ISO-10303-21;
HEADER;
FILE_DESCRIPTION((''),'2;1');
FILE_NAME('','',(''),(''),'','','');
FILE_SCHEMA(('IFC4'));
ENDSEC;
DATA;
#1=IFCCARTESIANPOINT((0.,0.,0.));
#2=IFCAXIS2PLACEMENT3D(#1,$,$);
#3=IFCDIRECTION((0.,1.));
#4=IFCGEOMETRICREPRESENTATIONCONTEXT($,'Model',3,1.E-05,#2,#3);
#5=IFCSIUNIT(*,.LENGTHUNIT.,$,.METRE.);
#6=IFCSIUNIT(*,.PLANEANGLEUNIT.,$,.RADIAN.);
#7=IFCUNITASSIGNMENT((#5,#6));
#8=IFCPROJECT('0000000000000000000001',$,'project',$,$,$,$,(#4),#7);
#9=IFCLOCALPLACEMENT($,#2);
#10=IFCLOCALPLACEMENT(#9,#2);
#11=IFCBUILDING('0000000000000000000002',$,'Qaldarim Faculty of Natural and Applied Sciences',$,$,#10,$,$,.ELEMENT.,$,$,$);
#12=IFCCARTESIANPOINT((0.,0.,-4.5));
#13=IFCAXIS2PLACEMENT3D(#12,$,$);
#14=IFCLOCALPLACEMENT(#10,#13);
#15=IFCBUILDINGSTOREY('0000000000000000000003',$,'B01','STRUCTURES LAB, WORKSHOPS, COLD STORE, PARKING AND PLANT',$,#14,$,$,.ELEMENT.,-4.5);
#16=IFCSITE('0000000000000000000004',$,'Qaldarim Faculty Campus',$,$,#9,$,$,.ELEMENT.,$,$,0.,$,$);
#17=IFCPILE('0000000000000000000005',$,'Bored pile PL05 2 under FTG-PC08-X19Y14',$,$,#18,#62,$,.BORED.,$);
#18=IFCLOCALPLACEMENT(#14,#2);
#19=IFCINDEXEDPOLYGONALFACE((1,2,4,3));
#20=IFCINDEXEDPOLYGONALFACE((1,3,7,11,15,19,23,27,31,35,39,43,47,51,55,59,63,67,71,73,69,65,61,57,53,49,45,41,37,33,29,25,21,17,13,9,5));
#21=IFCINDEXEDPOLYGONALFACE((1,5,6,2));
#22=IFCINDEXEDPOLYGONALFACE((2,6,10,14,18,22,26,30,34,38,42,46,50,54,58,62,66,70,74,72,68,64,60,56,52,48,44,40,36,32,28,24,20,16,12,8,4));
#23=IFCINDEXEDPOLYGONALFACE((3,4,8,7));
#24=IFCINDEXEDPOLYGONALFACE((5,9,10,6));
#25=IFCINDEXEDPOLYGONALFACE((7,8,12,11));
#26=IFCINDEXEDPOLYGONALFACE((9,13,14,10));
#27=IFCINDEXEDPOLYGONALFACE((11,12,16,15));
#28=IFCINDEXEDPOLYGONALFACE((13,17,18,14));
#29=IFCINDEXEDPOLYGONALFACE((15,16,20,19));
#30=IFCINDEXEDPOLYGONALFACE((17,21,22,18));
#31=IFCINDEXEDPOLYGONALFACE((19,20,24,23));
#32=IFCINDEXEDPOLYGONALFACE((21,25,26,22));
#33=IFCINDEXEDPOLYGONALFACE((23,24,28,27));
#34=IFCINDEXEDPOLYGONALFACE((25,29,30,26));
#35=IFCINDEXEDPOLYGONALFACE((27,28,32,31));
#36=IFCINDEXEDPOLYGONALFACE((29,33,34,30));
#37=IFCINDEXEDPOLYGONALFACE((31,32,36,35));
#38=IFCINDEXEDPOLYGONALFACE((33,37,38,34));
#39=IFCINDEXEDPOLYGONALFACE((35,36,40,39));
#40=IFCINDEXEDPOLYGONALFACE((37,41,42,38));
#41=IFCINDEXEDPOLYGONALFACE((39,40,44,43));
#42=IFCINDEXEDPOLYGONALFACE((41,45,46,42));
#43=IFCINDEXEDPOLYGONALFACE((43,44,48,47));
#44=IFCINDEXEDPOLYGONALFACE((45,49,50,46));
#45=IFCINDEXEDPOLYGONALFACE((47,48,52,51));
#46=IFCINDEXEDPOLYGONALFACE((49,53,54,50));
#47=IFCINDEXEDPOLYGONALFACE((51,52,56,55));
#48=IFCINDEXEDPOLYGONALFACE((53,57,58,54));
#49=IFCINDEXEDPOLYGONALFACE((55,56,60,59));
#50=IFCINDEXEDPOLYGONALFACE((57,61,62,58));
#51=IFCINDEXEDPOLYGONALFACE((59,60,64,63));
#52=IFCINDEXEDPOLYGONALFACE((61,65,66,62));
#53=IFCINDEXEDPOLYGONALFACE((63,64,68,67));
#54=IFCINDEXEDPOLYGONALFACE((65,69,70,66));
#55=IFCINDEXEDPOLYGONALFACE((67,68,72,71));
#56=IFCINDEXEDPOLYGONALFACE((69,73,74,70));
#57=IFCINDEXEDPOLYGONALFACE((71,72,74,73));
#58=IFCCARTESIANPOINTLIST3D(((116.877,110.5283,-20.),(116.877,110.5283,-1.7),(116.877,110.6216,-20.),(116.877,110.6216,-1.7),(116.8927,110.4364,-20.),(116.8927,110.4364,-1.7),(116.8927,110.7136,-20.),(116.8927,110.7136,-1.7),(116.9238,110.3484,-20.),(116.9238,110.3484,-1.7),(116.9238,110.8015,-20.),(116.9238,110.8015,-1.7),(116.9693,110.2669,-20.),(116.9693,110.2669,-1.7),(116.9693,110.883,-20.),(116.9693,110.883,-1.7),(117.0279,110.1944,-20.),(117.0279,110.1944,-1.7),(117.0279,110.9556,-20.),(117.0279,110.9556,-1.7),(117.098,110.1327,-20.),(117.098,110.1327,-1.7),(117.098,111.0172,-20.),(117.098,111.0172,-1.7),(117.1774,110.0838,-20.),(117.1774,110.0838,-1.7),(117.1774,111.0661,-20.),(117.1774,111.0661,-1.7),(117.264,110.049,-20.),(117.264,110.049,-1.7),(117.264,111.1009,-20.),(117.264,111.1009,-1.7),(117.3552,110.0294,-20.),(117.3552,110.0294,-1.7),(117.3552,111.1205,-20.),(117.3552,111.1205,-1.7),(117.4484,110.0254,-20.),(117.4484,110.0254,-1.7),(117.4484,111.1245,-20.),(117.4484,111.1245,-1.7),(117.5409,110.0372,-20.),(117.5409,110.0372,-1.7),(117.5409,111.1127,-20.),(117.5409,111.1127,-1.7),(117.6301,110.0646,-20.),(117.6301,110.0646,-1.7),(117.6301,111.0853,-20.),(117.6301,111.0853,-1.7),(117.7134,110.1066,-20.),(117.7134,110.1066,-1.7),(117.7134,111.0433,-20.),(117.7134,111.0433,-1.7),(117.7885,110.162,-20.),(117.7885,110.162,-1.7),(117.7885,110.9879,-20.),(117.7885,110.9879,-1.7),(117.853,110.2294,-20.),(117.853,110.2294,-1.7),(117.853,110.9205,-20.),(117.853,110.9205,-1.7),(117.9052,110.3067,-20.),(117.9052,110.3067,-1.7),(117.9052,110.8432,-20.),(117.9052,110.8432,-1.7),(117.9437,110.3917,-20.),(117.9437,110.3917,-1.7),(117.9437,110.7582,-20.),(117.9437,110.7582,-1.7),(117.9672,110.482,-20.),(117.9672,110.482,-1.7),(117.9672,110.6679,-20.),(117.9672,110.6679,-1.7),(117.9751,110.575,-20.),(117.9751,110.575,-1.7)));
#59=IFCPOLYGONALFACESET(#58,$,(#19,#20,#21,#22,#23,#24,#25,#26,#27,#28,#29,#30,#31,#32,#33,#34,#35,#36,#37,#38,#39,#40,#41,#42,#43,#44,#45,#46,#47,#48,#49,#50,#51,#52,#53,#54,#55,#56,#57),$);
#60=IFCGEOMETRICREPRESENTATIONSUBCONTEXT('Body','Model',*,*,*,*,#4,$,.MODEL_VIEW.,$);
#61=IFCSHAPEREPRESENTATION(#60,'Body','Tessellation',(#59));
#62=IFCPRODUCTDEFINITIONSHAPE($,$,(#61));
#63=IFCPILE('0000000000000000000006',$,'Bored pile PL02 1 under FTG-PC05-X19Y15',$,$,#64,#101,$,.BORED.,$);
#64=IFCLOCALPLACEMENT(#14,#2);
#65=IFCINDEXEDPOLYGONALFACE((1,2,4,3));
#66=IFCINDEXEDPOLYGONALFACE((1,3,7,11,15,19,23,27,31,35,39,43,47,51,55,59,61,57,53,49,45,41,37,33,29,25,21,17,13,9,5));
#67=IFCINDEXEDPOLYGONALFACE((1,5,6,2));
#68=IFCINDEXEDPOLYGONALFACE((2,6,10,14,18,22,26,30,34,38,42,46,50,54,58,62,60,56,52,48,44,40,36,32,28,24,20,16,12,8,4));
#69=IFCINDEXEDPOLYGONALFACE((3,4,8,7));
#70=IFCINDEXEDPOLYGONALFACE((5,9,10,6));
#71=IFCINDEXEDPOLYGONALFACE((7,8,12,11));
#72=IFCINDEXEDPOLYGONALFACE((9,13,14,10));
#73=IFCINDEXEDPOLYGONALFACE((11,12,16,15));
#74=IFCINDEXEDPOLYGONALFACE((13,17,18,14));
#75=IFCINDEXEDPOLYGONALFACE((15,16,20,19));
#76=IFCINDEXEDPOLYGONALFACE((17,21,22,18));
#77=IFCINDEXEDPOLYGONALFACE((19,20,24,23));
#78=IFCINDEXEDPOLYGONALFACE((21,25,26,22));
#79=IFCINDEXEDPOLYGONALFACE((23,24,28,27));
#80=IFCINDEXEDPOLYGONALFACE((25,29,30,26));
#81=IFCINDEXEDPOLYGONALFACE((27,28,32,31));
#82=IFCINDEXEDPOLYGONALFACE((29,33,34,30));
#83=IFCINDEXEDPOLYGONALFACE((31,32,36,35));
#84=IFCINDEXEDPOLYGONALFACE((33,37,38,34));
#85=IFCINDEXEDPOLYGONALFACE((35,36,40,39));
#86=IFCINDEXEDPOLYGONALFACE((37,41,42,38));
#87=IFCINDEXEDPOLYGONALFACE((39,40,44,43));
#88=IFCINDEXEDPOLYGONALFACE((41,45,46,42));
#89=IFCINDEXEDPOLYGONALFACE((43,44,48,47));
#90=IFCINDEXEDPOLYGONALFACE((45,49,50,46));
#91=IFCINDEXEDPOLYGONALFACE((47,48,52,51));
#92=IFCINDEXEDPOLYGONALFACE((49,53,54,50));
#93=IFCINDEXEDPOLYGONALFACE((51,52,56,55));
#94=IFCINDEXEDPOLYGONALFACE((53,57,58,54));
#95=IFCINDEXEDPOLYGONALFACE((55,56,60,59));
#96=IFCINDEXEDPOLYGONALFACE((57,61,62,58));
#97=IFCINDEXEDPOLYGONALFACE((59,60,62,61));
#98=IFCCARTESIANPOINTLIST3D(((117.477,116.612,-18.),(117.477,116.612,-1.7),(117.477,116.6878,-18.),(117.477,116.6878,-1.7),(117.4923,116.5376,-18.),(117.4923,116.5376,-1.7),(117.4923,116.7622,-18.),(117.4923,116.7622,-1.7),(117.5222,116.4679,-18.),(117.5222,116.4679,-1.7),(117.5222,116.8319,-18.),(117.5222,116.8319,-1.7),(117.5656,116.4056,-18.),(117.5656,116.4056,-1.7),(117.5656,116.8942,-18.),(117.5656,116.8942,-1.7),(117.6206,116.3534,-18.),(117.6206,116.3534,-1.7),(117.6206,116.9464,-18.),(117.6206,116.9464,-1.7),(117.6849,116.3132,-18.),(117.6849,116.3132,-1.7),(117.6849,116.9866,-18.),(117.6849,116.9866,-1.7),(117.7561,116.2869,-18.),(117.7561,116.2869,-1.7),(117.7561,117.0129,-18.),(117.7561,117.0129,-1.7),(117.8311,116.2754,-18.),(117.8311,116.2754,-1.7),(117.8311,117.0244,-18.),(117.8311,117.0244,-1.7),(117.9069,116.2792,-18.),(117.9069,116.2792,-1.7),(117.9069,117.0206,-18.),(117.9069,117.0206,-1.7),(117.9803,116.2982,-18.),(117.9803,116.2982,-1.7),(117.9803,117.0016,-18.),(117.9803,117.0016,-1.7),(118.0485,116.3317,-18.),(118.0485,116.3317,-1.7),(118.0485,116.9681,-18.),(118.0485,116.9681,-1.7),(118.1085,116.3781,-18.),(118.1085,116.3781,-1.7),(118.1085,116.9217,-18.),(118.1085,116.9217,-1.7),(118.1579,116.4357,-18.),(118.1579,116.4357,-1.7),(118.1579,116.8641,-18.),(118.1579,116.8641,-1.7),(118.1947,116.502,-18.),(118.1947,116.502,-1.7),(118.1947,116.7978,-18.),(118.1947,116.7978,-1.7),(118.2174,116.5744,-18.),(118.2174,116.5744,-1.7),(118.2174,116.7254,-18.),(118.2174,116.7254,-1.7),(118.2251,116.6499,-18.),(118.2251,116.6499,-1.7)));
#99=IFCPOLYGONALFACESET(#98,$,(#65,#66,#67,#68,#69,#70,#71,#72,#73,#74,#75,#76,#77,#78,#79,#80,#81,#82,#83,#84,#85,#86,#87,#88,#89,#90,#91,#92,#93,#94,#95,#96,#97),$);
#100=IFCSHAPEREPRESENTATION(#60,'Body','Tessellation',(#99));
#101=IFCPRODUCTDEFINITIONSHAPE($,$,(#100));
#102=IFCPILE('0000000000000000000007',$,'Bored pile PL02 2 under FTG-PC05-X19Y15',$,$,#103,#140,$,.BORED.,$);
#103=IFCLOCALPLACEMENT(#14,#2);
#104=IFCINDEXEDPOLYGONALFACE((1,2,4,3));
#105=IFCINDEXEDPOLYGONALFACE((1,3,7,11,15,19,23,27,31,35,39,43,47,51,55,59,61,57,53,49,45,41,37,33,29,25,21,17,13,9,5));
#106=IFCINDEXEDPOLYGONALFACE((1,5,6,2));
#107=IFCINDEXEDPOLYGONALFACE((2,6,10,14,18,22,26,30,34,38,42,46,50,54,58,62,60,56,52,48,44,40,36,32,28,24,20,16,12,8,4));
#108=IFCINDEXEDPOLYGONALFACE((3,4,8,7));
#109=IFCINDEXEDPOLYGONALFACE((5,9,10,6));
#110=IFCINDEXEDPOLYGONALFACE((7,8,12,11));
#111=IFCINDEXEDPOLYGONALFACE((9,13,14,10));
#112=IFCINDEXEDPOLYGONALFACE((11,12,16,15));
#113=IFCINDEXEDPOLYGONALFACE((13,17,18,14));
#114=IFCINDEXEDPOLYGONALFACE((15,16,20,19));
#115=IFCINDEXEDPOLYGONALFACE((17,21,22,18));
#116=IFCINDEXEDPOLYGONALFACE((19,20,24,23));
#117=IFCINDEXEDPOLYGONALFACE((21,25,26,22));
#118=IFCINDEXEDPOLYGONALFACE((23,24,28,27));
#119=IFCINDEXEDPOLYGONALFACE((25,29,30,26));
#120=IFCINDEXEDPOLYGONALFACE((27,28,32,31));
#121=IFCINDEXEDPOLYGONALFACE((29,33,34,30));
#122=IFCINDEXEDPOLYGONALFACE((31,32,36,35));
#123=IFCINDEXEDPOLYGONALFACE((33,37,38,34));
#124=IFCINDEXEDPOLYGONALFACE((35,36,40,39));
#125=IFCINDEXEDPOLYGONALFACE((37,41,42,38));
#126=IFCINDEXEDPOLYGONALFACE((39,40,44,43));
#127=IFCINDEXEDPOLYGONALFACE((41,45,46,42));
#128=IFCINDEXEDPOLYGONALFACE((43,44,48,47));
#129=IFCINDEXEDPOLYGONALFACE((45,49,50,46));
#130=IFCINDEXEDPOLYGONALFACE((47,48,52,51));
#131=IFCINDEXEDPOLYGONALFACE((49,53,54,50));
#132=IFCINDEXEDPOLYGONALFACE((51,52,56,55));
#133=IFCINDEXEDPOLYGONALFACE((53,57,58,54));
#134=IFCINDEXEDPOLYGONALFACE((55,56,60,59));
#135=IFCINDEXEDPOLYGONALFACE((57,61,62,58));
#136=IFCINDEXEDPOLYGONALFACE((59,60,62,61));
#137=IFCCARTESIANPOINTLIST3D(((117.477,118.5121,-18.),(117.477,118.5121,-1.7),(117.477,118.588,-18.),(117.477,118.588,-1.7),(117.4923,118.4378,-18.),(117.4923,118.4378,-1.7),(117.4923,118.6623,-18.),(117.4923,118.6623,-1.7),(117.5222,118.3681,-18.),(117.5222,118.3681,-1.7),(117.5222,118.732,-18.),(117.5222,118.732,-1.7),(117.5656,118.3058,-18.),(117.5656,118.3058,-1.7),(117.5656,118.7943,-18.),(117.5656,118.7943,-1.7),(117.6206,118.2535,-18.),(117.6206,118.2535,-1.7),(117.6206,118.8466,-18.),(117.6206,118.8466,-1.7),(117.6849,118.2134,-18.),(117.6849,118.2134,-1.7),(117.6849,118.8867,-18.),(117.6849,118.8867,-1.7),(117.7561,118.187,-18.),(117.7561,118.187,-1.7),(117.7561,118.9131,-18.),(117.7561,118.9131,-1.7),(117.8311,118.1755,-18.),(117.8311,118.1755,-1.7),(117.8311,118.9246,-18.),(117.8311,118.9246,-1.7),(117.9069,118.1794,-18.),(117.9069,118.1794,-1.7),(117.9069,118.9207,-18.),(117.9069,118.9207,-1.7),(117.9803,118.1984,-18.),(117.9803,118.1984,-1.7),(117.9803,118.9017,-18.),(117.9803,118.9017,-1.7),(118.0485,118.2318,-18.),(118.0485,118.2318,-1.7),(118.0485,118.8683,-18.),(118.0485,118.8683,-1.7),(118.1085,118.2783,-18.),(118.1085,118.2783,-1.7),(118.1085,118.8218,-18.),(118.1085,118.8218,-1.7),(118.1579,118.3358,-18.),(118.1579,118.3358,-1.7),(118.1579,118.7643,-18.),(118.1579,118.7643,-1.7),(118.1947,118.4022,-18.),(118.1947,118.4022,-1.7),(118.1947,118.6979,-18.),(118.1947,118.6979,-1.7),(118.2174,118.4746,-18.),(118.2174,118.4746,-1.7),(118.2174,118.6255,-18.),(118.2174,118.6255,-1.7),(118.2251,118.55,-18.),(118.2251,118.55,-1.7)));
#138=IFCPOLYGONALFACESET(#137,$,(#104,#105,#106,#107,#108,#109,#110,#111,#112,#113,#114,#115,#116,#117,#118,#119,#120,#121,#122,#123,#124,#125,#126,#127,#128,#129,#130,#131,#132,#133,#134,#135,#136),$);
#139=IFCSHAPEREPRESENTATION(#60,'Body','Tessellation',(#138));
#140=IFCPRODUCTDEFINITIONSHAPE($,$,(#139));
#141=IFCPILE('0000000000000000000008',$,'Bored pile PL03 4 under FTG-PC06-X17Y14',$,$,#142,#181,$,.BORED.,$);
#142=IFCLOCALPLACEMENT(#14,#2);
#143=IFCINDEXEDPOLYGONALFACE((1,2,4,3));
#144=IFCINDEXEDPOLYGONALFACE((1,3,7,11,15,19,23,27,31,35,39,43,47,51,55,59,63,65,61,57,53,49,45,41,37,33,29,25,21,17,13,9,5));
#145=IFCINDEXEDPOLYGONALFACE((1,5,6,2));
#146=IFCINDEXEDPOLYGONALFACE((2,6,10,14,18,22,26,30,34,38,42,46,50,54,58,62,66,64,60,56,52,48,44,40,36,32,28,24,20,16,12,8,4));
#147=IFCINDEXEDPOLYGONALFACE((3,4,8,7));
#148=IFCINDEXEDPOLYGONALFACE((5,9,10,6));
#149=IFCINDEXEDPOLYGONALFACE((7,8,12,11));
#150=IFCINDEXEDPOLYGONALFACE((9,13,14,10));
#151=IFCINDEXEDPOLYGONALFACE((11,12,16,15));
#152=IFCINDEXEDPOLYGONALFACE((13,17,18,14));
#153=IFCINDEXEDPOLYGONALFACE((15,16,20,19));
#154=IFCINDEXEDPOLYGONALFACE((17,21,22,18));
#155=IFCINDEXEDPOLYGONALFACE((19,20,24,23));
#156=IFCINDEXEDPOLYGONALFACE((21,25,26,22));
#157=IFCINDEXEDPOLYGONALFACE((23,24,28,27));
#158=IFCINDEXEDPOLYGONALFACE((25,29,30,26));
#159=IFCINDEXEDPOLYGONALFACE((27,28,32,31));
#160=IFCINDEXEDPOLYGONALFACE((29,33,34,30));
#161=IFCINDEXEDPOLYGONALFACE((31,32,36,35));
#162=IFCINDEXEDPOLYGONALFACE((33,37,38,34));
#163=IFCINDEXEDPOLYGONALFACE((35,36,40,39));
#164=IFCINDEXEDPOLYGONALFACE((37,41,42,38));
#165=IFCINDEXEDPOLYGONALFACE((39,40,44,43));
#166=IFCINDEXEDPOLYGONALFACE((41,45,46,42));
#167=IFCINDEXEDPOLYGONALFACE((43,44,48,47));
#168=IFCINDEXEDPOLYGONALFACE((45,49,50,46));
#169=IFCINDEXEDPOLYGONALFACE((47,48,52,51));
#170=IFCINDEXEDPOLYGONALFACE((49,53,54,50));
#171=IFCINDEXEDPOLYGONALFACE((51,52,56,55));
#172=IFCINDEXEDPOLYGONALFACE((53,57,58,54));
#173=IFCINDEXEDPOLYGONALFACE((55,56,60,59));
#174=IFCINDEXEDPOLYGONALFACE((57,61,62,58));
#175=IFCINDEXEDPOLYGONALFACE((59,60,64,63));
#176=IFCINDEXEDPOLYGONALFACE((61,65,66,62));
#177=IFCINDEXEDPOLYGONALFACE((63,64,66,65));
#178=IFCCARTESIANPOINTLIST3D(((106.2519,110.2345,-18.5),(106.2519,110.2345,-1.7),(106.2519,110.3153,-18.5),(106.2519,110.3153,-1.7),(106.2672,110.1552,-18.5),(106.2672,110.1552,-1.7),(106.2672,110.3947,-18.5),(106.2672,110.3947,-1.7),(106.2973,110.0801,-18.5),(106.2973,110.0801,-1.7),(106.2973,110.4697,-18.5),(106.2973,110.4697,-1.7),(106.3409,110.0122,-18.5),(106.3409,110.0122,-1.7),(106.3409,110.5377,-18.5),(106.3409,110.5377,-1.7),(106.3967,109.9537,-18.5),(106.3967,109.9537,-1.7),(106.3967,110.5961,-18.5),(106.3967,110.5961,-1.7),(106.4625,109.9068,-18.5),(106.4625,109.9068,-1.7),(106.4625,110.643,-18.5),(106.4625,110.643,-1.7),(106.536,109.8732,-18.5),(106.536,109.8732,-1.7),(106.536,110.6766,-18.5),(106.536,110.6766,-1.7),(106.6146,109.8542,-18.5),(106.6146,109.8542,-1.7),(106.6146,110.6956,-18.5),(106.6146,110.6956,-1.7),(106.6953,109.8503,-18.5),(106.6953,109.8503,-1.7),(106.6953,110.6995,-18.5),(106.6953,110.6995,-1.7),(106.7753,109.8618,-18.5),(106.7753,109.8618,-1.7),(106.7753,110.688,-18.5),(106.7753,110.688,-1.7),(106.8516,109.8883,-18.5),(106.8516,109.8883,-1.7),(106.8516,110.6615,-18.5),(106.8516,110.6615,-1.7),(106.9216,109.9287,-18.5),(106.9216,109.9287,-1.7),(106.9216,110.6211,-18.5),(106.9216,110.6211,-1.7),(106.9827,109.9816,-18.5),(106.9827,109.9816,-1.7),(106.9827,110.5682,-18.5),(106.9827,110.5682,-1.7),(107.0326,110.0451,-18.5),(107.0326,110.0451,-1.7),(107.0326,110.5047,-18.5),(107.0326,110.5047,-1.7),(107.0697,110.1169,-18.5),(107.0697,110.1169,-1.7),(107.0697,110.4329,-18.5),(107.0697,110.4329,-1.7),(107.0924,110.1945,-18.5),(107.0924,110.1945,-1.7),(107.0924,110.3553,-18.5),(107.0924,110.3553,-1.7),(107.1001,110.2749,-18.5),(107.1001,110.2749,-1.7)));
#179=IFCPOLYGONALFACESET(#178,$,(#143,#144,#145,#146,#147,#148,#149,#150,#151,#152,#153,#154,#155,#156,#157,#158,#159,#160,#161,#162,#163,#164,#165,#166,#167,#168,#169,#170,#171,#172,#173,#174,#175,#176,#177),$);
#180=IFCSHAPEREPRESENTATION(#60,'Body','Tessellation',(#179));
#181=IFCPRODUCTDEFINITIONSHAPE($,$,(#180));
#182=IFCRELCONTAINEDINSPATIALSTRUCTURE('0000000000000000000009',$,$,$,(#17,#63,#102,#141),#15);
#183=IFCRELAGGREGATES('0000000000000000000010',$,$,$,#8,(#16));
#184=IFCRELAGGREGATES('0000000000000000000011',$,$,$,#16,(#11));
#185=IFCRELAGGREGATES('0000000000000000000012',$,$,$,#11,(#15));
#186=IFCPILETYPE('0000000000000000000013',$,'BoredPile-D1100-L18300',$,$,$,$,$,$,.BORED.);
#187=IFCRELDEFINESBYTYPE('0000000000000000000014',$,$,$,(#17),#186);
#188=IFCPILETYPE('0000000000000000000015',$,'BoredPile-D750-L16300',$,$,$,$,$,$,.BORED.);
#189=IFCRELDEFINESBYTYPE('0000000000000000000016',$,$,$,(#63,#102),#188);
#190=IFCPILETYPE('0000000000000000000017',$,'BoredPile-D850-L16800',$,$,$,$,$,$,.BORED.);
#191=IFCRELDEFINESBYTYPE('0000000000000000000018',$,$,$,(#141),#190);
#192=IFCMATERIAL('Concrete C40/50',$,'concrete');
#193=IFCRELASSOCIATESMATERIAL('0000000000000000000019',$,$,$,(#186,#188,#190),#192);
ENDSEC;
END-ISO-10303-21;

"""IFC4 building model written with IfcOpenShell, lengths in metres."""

from ifc_helpers import new_model, si_unit, direction, frame, origin, origin_2d, place, context, subcontext, project, spatial, circle, extrude, material, material_profile, profile_set, type_object, element, save


model = new_model("IFC4")

# Units and contexts
model_context = context("Model", 3, precision=1e-05, world=origin(), true_north=direction((0.0, 1.0)))
body_context = subcontext(model_context, "Body", "Model", "MODEL_VIEW")
ifc_project = project(units=[si_unit("LENGTHUNIT", "METRE"), si_unit("PLANEANGLEUNIT", "RADIAN")], contexts=[model_context])

# Site, building, storey
site_placement = place(None, origin())
site = spatial("IfcSite", under=ifc_project, at=site_placement, Name="Qaldarim Faculty Campus", CompositionType="ELEMENT", RefElevation=0.0)
building_placement = place(site_placement, origin())
building = spatial("IfcBuilding", under=site, at=building_placement, Name="Qaldarim Faculty of Natural and Applied Sciences", CompositionType="ELEMENT")
storey_placement = place(building_placement, frame((0.0, 0.0, -4.5)))
storey = spatial("IfcBuildingStorey", under=building, at=storey_placement, Name="B01", Description="STRUCTURES LAB, WORKSHOPS, COLD STORE, PARKING AND PLANT", CompositionType="ELEMENT", Elevation=-4.5)

# Piles
ifc_material_1 = material(Name="Concrete C40/50", Category="concrete")
ifc_material_profile_1 = material_profile(ifc_material_1, circle(Radius=0.55, at=origin_2d()), Name="PILE-D1100")
ifc_profile_set_1 = profile_set([ifc_material_profile_1], Name="Concrete C40/50")
pile_type_1 = type_object("IfcPileType", Name="BoredPile-D1100-L18300", PredefinedType="BORED", material=ifc_profile_set_1)
for number, where, z_axis, x_axis, name in (
    (1, (117.425, 110.575, -1.7), (0.0, 0.0, -1.0), (1.0, 0.0, 0.0), "Bored pile PL05 2 under FTG-PC08-X19Y14"),
):
    element("IfcPile", number, at=place(storey_placement, frame(where, z_axis=z_axis, x_axis=x_axis)), inside=storey, type_object=pile_type_1, Name=name, PredefinedType="BORED", context=body_context, shape_type="SweptSolid", body=[
        extrude(circle(Radius=0.55, at=origin_2d()), origin(), (0.0, 0.0, 1.0), 18.3),
    ])
ifc_material_profile_2 = material_profile(ifc_material_1, circle(Radius=0.375, at=origin_2d()), Name="PILE-D750")
ifc_profile_set_2 = profile_set([ifc_material_profile_2], Name="Concrete C40/50")
pile_type_2 = type_object("IfcPileType", Name="BoredPile-D750-L16300", PredefinedType="BORED", material=ifc_profile_set_2)
for number, where, z_axis, x_axis, name in (
    (2, (117.8501, 116.6499, -1.7), (0.0, 0.0, -1.0), (1.0, 0.0, 0.0), "Bored pile PL02 1 under FTG-PC05-X19Y15"),
    (3, (117.8501, 118.55, -1.7), (0.0, 0.0, -1.0), (1.0, 0.0, 0.0), "Bored pile PL02 2 under FTG-PC05-X19Y15"),
):
    element("IfcPile", number, at=place(storey_placement, frame(where, z_axis=z_axis, x_axis=x_axis)), inside=storey, type_object=pile_type_2, Name=name, PredefinedType="BORED", context=body_context, shape_type="SweptSolid", body=[
        extrude(circle(Radius=0.375, at=origin_2d()), origin(), (0.0, 0.0, 1.0), 16.3),
    ])
ifc_material_profile_3 = material_profile(ifc_material_1, circle(Radius=0.425, at=origin_2d()), Name="PILE-D850")
ifc_profile_set_3 = profile_set([ifc_material_profile_3], Name="Concrete C40/50")
pile_type_3 = type_object("IfcPileType", Name="BoredPile-D850-L16800", PredefinedType="BORED", material=ifc_profile_set_3)
pile_placement = place(storey_placement, frame((106.675, 110.2749, -1.7), z_axis=(0.0, 0.0, -1.0), x_axis=(1.0, 0.0, 0.0)))
element("IfcPile", 4, at=pile_placement, inside=storey, type_object=pile_type_3, Name="Bored pile PL03 4 under FTG-PC06-X17Y14", PredefinedType="BORED", context=body_context, shape_type="SweptSolid", body=[
    extrude(circle(Radius=0.425, at=origin_2d()), origin(), (0.0, 0.0, 1.0), 16.8),
])

save(model, "model.ifc")
